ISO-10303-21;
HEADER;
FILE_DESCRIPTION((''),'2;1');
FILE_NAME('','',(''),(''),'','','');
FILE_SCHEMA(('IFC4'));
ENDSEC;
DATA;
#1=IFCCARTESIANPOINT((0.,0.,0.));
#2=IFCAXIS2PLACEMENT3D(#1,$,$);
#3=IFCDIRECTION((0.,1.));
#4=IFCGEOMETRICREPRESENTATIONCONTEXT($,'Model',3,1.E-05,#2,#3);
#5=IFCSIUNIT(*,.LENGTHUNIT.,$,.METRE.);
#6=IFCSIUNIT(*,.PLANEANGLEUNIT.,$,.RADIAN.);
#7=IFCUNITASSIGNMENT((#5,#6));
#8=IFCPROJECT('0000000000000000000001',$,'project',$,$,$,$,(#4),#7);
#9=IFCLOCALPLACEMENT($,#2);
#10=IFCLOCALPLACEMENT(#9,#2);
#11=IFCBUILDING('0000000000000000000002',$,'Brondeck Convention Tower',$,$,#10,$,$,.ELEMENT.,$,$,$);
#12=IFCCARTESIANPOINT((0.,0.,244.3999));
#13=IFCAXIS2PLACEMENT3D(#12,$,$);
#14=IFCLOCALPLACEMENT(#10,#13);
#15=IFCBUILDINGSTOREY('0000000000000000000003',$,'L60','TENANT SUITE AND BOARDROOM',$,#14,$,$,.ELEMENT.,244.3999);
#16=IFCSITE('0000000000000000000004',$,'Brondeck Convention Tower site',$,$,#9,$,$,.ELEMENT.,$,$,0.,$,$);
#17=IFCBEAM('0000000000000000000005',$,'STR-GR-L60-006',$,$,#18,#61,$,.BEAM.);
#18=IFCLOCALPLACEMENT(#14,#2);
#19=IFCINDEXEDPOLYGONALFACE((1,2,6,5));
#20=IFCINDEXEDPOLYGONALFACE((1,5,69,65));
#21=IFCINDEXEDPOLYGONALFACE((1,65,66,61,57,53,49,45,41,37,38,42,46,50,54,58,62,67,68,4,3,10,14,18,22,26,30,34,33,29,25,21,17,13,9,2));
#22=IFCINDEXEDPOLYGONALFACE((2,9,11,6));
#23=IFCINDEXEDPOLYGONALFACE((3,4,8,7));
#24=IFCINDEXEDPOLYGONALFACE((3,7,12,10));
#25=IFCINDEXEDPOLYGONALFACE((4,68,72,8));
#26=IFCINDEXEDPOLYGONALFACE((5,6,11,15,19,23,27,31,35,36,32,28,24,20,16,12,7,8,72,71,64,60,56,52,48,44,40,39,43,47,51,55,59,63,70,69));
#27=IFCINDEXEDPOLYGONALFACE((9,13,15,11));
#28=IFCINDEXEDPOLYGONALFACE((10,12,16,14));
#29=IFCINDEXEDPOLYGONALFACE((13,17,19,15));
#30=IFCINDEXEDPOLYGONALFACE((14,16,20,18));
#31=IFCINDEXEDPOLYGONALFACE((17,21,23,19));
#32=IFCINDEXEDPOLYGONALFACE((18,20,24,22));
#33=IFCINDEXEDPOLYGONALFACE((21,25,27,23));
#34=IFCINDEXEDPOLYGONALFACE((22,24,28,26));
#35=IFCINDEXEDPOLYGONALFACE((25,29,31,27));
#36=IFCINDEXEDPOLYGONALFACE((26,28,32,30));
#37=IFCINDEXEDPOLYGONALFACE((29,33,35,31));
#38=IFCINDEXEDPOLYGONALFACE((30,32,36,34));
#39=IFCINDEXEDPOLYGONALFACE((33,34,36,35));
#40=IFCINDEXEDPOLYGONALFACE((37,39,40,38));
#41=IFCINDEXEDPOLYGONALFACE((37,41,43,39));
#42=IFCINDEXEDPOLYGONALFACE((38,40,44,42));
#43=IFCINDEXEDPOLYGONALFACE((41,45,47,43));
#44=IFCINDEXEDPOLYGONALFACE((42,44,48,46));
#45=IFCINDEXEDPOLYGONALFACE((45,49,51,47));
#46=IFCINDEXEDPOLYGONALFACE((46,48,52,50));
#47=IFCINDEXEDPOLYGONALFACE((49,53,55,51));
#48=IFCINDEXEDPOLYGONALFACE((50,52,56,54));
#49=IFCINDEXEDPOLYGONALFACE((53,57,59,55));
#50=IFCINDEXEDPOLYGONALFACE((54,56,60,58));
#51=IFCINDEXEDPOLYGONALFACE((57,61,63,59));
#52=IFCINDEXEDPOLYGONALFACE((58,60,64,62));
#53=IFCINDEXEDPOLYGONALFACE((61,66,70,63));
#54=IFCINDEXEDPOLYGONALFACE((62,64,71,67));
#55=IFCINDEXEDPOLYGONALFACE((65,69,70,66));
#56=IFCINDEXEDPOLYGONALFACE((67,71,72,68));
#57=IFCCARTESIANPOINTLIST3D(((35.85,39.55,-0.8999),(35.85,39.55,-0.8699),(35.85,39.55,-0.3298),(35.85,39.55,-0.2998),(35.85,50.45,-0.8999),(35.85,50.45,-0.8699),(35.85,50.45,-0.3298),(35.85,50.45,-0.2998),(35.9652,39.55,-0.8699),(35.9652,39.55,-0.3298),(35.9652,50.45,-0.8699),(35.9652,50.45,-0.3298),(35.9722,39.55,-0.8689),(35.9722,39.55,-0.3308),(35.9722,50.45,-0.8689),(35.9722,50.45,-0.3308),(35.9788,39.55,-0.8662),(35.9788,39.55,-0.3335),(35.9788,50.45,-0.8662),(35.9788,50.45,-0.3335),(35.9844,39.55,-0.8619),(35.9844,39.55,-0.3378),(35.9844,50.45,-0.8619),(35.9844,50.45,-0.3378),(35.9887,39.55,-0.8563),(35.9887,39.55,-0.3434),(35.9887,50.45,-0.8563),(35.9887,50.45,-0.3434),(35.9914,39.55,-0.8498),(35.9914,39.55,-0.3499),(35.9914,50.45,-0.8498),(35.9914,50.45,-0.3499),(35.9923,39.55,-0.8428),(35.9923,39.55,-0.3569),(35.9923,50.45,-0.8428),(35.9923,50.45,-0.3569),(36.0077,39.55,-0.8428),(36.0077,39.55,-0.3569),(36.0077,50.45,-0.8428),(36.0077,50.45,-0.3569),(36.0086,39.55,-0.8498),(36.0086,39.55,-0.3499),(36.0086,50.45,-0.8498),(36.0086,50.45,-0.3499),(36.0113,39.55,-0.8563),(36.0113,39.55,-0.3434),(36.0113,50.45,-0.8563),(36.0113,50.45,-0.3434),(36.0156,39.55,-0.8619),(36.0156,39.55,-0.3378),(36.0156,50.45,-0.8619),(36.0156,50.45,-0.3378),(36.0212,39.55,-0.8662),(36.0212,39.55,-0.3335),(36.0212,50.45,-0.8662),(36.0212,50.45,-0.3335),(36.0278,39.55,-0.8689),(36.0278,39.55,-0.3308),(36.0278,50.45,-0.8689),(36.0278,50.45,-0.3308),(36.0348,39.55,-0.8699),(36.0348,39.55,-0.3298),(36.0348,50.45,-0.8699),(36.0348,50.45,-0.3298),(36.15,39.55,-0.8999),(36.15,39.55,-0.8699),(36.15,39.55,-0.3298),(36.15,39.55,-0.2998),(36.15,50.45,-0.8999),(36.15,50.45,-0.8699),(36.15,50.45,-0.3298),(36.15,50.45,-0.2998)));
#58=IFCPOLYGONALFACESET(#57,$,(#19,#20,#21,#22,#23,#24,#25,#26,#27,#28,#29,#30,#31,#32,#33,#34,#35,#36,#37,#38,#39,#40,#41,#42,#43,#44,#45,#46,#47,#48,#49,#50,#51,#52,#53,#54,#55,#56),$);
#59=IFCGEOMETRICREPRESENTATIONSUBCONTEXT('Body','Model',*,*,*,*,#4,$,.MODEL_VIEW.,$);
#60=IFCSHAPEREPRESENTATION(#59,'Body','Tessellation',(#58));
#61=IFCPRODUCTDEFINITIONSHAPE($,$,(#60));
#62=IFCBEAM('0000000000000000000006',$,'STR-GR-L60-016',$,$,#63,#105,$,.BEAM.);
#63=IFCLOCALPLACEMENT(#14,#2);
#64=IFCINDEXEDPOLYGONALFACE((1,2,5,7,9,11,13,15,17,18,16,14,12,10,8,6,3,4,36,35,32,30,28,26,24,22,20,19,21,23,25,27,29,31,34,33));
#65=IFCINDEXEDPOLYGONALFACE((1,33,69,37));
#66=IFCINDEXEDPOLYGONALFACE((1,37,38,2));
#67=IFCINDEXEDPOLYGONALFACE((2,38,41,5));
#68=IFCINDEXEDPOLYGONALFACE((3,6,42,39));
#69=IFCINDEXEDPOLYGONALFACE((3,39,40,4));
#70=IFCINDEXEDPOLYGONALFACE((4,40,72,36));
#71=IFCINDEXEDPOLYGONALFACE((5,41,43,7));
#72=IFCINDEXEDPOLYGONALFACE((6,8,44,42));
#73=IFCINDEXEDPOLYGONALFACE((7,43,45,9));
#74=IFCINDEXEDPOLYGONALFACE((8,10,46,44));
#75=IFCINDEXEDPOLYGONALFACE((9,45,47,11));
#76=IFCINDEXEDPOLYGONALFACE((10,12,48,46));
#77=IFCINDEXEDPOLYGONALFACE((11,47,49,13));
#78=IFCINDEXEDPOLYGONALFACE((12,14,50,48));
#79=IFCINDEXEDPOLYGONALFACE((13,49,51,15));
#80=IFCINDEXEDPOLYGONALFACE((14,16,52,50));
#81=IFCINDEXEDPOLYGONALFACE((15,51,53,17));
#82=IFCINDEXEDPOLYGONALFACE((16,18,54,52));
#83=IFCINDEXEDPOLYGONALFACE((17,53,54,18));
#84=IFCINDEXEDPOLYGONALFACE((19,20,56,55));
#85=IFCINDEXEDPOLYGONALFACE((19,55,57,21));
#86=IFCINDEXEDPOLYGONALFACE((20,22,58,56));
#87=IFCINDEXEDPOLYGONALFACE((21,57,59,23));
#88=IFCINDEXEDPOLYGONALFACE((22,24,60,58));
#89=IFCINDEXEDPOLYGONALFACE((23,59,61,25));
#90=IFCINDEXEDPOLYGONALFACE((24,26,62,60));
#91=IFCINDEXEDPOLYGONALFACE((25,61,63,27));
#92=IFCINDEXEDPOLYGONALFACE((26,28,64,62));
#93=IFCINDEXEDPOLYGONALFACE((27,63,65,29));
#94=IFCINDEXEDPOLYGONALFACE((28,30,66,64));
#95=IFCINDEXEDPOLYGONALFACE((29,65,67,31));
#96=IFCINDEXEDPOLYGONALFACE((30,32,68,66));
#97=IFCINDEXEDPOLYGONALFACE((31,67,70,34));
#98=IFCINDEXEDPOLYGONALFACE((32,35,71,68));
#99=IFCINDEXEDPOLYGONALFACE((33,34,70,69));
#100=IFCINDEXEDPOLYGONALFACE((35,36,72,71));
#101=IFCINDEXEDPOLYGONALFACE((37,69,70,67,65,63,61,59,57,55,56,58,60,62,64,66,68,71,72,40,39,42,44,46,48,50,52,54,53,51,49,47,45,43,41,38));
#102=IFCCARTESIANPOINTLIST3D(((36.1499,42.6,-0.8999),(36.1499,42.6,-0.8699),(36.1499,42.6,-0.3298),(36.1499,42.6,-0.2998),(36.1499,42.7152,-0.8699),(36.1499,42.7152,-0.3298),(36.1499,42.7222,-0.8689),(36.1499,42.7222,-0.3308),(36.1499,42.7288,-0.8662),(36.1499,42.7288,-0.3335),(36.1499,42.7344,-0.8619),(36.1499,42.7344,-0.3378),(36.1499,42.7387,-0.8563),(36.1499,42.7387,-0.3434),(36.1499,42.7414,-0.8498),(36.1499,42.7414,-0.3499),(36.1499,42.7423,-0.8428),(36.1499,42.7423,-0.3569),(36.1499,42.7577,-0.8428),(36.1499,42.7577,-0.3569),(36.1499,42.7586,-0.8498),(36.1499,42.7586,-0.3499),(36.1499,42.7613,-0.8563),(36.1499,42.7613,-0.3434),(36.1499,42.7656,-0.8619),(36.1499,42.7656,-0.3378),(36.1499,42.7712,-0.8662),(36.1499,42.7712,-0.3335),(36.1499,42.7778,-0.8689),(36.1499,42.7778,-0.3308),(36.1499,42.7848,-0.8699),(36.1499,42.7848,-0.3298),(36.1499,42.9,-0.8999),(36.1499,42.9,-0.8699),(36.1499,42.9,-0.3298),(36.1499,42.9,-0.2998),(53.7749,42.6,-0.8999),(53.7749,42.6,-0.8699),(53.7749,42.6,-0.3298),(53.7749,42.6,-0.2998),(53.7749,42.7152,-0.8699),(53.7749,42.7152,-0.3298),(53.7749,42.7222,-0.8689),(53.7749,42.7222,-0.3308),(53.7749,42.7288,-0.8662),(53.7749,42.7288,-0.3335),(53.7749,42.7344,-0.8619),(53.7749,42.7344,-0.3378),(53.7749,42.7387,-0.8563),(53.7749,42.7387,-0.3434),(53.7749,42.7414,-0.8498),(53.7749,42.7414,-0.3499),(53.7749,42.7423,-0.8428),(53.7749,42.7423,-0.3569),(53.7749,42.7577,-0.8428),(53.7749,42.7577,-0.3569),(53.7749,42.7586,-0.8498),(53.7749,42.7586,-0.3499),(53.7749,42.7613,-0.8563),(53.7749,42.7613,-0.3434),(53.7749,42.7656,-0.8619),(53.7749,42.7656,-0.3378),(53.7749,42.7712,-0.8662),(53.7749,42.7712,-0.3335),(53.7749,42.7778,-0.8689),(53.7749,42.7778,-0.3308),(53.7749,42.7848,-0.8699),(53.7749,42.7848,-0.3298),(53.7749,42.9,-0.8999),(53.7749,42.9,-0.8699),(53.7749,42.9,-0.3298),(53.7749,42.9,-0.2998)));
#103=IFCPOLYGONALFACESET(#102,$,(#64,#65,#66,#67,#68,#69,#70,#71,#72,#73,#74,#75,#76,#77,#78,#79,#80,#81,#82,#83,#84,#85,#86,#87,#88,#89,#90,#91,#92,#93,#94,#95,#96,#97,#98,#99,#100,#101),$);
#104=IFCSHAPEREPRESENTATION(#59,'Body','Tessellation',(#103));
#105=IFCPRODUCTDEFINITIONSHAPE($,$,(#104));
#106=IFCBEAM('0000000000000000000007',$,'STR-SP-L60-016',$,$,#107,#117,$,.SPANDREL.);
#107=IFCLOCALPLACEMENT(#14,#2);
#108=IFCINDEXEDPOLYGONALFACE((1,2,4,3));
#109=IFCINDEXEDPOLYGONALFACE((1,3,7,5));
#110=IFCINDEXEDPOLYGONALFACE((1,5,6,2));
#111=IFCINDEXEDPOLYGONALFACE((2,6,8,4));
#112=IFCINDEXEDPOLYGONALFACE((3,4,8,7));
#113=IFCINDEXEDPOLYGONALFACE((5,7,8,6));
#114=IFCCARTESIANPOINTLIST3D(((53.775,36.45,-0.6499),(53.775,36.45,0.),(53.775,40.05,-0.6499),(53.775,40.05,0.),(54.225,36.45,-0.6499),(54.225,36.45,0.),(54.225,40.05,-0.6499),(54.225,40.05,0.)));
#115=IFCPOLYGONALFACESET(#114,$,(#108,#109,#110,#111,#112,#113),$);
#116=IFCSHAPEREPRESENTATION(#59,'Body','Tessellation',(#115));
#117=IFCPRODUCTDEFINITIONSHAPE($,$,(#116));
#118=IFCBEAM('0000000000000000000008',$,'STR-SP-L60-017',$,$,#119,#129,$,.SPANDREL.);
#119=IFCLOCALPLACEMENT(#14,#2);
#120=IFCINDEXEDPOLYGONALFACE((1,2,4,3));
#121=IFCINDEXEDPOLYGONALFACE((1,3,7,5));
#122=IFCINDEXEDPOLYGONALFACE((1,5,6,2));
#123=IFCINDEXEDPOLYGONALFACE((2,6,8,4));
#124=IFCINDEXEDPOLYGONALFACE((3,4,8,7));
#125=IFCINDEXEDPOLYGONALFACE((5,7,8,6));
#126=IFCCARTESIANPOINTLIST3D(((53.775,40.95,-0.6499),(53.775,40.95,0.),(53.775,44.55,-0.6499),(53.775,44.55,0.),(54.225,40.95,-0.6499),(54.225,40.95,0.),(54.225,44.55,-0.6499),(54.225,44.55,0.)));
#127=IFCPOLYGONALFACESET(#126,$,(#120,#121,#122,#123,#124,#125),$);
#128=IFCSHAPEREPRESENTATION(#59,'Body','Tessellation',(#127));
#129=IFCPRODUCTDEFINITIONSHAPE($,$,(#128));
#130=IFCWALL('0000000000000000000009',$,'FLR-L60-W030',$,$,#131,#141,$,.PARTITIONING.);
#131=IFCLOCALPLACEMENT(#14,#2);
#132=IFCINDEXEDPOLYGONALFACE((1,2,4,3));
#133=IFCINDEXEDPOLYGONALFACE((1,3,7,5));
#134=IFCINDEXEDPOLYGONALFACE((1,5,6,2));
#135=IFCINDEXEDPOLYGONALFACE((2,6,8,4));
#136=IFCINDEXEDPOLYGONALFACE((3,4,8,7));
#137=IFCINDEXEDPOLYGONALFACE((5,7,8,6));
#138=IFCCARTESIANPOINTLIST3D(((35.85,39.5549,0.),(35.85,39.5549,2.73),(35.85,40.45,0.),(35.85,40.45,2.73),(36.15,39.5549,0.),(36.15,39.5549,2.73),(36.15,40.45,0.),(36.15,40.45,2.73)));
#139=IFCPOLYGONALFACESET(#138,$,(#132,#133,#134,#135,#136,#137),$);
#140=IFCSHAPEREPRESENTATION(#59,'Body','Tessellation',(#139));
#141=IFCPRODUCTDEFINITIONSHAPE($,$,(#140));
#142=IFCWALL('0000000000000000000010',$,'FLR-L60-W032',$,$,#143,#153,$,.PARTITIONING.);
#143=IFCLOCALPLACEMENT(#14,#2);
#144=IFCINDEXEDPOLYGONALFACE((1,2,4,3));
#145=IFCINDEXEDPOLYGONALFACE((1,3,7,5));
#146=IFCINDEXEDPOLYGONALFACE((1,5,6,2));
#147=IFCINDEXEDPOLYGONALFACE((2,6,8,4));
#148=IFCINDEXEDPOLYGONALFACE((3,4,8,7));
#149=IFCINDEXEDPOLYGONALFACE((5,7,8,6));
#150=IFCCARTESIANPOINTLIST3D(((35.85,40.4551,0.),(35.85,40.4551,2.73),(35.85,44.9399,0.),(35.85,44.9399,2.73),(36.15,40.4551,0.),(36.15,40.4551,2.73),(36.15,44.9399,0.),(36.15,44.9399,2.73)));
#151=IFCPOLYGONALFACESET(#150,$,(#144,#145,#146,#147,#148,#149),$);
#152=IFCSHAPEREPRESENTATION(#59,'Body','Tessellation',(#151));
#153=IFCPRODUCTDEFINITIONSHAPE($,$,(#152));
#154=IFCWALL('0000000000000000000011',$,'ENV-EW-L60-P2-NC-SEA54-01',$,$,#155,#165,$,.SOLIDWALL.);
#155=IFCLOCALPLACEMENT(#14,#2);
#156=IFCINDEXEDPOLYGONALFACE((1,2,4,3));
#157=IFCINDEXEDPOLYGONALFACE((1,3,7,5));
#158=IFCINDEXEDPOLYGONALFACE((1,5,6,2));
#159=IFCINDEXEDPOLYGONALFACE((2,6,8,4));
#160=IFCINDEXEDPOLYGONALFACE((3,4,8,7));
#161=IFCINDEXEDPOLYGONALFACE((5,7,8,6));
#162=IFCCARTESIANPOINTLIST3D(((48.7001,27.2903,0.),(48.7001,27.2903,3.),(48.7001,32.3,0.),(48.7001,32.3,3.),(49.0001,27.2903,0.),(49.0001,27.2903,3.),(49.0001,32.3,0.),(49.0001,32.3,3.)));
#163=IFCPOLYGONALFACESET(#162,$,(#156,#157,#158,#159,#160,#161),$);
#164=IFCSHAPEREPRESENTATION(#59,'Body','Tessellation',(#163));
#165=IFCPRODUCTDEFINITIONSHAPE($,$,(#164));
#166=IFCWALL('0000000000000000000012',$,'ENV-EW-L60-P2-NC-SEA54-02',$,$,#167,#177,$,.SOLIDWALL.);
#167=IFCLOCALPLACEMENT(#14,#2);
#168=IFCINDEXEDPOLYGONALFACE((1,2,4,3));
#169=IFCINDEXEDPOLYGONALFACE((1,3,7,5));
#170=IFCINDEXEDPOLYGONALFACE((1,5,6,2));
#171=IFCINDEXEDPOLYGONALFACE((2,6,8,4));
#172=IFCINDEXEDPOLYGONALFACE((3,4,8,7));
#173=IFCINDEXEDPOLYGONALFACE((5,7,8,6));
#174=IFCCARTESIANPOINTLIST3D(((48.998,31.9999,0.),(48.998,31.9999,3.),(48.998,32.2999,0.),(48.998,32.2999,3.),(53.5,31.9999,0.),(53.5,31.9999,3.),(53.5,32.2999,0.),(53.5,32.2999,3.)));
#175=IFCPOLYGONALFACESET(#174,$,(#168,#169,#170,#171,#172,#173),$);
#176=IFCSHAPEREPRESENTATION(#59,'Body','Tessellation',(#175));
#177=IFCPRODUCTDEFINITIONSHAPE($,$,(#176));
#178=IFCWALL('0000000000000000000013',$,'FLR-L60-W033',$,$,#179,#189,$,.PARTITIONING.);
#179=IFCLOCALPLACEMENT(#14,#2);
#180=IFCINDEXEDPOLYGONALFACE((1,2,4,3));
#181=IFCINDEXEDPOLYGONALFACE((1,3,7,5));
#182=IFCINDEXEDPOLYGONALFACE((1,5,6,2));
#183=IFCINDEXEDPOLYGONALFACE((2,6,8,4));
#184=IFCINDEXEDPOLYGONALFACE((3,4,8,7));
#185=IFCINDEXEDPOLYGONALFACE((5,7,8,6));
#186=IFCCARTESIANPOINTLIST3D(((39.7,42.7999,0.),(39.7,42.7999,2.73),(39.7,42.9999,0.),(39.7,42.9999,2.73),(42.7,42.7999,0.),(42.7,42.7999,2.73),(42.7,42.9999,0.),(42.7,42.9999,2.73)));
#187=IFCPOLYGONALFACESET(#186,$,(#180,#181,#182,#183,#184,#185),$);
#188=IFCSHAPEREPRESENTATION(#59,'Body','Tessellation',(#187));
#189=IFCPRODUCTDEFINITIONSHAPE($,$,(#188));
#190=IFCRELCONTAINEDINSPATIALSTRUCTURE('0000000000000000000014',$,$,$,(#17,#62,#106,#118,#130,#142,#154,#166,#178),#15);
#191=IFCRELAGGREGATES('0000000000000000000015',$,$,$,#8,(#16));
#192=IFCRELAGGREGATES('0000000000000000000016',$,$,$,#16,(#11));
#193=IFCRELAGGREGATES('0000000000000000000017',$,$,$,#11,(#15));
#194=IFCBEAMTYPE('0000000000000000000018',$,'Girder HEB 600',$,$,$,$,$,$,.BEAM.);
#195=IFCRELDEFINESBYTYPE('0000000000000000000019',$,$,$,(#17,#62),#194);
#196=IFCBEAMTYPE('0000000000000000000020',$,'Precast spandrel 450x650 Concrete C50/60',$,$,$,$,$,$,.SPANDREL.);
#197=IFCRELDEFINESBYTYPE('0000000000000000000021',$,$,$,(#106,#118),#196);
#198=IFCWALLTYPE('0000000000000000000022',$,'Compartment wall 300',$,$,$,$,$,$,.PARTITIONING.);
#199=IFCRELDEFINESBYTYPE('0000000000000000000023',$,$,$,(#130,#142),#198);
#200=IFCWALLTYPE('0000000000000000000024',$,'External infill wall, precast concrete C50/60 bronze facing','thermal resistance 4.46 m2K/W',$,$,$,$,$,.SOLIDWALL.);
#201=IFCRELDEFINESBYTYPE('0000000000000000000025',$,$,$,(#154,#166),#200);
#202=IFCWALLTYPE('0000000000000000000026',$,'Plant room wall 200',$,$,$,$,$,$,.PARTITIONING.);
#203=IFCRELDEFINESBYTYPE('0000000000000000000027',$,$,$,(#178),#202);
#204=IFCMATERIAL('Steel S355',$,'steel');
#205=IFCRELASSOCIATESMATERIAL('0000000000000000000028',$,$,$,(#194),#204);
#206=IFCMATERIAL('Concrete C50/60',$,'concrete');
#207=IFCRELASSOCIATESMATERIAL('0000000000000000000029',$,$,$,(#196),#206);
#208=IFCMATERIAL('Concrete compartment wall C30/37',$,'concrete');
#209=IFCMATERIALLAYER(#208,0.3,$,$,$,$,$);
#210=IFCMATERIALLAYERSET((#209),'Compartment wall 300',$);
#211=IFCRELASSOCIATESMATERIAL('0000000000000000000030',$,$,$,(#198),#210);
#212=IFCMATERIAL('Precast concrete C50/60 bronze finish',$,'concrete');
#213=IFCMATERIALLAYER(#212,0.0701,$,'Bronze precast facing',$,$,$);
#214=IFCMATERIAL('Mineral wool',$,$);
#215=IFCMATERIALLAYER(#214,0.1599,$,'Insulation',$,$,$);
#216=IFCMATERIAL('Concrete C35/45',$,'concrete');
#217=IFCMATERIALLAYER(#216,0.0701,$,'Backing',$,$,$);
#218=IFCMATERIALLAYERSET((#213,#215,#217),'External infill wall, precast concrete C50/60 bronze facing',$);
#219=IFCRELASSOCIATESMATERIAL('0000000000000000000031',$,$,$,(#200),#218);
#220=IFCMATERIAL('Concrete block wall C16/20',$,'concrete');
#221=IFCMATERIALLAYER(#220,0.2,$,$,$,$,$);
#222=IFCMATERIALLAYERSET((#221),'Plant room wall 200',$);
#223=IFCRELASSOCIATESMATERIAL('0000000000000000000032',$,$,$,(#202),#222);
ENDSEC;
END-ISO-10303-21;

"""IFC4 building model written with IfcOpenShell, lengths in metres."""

from ifc_helpers import new_model, si_unit, direction, frame, frame_2d, origin, origin_2d, place, context, subcontext, project, spatial, rectangle, i_section, extrude, material, layer, layer_set, material_profile, profile_set, type_object, element, save


model = new_model("IFC4")

# Units and contexts
model_context = context("Model", 3, precision=1e-05, world=origin(), true_north=direction((0.0, 1.0)))
body_context = subcontext(model_context, "Body", "Model", "MODEL_VIEW")
ifc_project = project(units=[si_unit("LENGTHUNIT", "METRE"), si_unit("PLANEANGLEUNIT", "RADIAN")], contexts=[model_context])

# Site, building, storey
site_placement = place(None, origin())
site = spatial("IfcSite", under=ifc_project, at=site_placement, Name="Brondeck Convention Tower site", CompositionType="ELEMENT", RefElevation=0.0)
building_placement = place(site_placement, origin())
building = spatial("IfcBuilding", under=site, at=building_placement, Name="Brondeck Convention Tower", CompositionType="ELEMENT")
storey_placement = place(building_placement, frame((0.0, 0.0, 244.3999)))
storey = spatial("IfcBuildingStorey", under=building, at=storey_placement, Name="L60", Description="TENANT SUITE AND BOARDROOM", CompositionType="ELEMENT", Elevation=244.3999)

# Shared definitions
ifc_material_1 = material(Name="Concrete C50/60", Category="concrete")

# Beams
ifc_material_2 = material(Name="Steel S355", Category="steel")
ifc_material_profile_1 = material_profile(ifc_material_2, i_section(OverallWidth=0.3, OverallDepth=0.6001, WebThickness=0.0154, FlangeThickness=0.03, FilletRadius=0.0271, at=origin_2d()), Name="HEB 600")
ifc_profile_set_1 = profile_set([ifc_material_profile_1], Name="Steel S355")
beam_type_1 = type_object("IfcBeamType", Name="Girder HEB 600", PredefinedType="BEAM", material=ifc_profile_set_1)
beam_1_placement = place(storey_placement, frame((36.0, 39.55, -0.5999), z_axis=(0.0, 1.0, 0.0), x_axis=(-1.0, 0.0, 0.0)))
element("IfcBeam", 1, at=beam_1_placement, inside=storey, type_object=beam_type_1, Name="STR-GR-L60-006", PredefinedType="BEAM", context=body_context, shape_type="SweptSolid", body=[
    extrude(i_section(OverallWidth=0.3, OverallDepth=0.6001, WebThickness=0.0154, FlangeThickness=0.03, FilletRadius=0.0271, at=origin_2d()), origin(), (0.0, 0.0, 1.0), 10.8999),
])
beam_2_placement = place(storey_placement, frame((36.1499, 42.75, -0.5999), z_axis=(1.0, 0.0, 0.0), x_axis=(0.0, 1.0, 0.0)))
element("IfcBeam", 2, at=beam_2_placement, inside=storey, type_object=beam_type_1, Name="STR-GR-L60-016", PredefinedType="BEAM", context=body_context, shape_type="SweptSolid", body=[
    extrude(i_section(OverallWidth=0.3, OverallDepth=0.6001, WebThickness=0.0154, FlangeThickness=0.03, FilletRadius=0.0271, at=origin_2d()), origin(), (0.0, 0.0, 1.0), 17.625),
])
ifc_material_profile_2 = material_profile(ifc_material_1, rectangle(XDim=0.45, YDim=0.6499, at=origin_2d()), Name="Precast spandrel 450x650 Concrete C50/60")
ifc_profile_set_2 = profile_set([ifc_material_profile_2], Name="Concrete C50/60")
beam_type_2 = type_object("IfcBeamType", Name="Precast spandrel 450x650 Concrete C50/60", PredefinedType="SPANDREL", material=ifc_profile_set_2)
for number, where, z_axis, x_axis, name in (
    (3, (54.0, 36.45, -0.325), (0.0, 1.0, 0.0), (-1.0, 0.0, 0.0), "STR-SP-L60-016"),
    (4, (54.0, 40.95, -0.325), (0.0, 1.0, 0.0), (-1.0, 0.0, 0.0), "STR-SP-L60-017"),
):
    element("IfcBeam", number, at=place(storey_placement, frame(where, z_axis=z_axis, x_axis=x_axis)), inside=storey, type_object=beam_type_2, Name=name, PredefinedType="SPANDREL", context=body_context, shape_type="SweptSolid", body=[
        extrude(rectangle(XDim=0.45, YDim=0.6499, at=origin_2d()), origin(), (0.0, 0.0, 1.0), 3.6001),
    ])

# Walls
ifc_material_3 = material(Name="Concrete compartment wall C30/37", Category="concrete")
ifc_layer_1 = layer(ifc_material_3, 0.3)
ifc_layer_set_1 = layer_set([ifc_layer_1], Name="Compartment wall 300")
wall_type_1 = type_object("IfcWallType", Name="Compartment wall 300", PredefinedType="PARTITIONING", material=ifc_layer_set_1)
wall_1_placement = place(storey_placement, frame((36.0, 39.5549, 0.0), z_axis=(0.0, 0.0, 1.0), x_axis=(0.0, 1.0, 0.0)))
element("IfcWall", 5, at=wall_1_placement, inside=storey, type_object=wall_type_1, Name="FLR-L60-W030", PredefinedType="PARTITIONING", context=body_context, shape_type="SweptSolid", body=[
    extrude(rectangle(XDim=0.895, YDim=0.3, at=frame_2d((0.4475, 0.0))), origin(), (0.0, 0.0, 1.0), 2.73),
])
wall_2_placement = place(storey_placement, frame((36.0, 40.4551, 0.0), z_axis=(0.0, 0.0, 1.0), x_axis=(0.0, 1.0, 0.0)))
element("IfcWall", 6, at=wall_2_placement, inside=storey, type_object=wall_type_1, Name="FLR-L60-W032", PredefinedType="PARTITIONING", context=body_context, shape_type="SweptSolid", body=[
    extrude(rectangle(XDim=4.4849, YDim=0.3, at=frame_2d((2.2424, 0.0))), origin(), (0.0, 0.0, 1.0), 2.73),
])
ifc_material_4 = material(Name="Precast concrete C50/60 bronze finish", Category="concrete")
ifc_layer_2 = layer(ifc_material_4, 0.0701, Name="Bronze precast facing")
ifc_material_5 = material(Name="Mineral wool")
ifc_layer_3 = layer(ifc_material_5, 0.1599, Name="Insulation")
ifc_material_6 = material(Name="Concrete C35/45", Category="concrete")
ifc_layer_4 = layer(ifc_material_6, 0.0701, Name="Backing")
ifc_layer_set_2 = layer_set([ifc_layer_2, ifc_layer_3, ifc_layer_4], Name="External infill wall, precast concrete C50/60 bronze facing")
wall_type_2 = type_object("IfcWallType", Name="External infill wall, precast concrete C50/60 bronze facing", Description="thermal resistance 4.46 m2K/W", PredefinedType="SOLIDWALL", material=ifc_layer_set_2)
wall_3_placement = place(storey_placement, frame((48.8501, 32.3, 0.0), z_axis=(0.0, 0.0, 1.0), x_axis=(0.0, -1.0, 0.0)))
element("IfcWall", 7, at=wall_3_placement, inside=storey, type_object=wall_type_2, Name="ENV-EW-L60-P2-NC-SEA54-01", PredefinedType="SOLIDWALL", context=body_context, shape_type="SweptSolid", body=[
    extrude(rectangle(XDim=5.0098, YDim=0.3, at=frame_2d((2.5049, 0.0))), origin(), (0.0, 0.0, 1.0), 3.0),
])
wall_4_placement = place(storey_placement, frame((53.5, 32.1499, 0.0), z_axis=(0.0, 0.0, 1.0), x_axis=(-1.0, 0.0, 0.0)))
element("IfcWall", 8, at=wall_4_placement, inside=storey, type_object=wall_type_2, Name="ENV-EW-L60-P2-NC-SEA54-02", PredefinedType="SOLIDWALL", context=body_context, shape_type="SweptSolid", body=[
    extrude(rectangle(XDim=4.502, YDim=0.3, at=frame_2d((2.251, 0.0))), origin(), (0.0, 0.0, 1.0), 3.0),
])
ifc_material_7 = material(Name="Concrete block wall C16/20", Category="concrete")
ifc_layer_5 = layer(ifc_material_7, 0.2)
ifc_layer_set_3 = layer_set([ifc_layer_5], Name="Plant room wall 200")
wall_type_3 = type_object("IfcWallType", Name="Plant room wall 200", PredefinedType="PARTITIONING", material=ifc_layer_set_3)
wall_5_placement = place(storey_placement, frame((39.7, 42.8999, 0.0), z_axis=(0.0, 0.0, 1.0), x_axis=(1.0, 0.0, 0.0)))
element("IfcWall", 9, at=wall_5_placement, inside=storey, type_object=wall_type_3, Name="FLR-L60-W033", PredefinedType="PARTITIONING", context=body_context, shape_type="SweptSolid", body=[
    extrude(rectangle(XDim=3.0, YDim=0.2, at=frame_2d((1.5, 0.0))), origin(), (0.0, 0.0, 1.0), 2.73),
])

save(model, "model.ifc")
